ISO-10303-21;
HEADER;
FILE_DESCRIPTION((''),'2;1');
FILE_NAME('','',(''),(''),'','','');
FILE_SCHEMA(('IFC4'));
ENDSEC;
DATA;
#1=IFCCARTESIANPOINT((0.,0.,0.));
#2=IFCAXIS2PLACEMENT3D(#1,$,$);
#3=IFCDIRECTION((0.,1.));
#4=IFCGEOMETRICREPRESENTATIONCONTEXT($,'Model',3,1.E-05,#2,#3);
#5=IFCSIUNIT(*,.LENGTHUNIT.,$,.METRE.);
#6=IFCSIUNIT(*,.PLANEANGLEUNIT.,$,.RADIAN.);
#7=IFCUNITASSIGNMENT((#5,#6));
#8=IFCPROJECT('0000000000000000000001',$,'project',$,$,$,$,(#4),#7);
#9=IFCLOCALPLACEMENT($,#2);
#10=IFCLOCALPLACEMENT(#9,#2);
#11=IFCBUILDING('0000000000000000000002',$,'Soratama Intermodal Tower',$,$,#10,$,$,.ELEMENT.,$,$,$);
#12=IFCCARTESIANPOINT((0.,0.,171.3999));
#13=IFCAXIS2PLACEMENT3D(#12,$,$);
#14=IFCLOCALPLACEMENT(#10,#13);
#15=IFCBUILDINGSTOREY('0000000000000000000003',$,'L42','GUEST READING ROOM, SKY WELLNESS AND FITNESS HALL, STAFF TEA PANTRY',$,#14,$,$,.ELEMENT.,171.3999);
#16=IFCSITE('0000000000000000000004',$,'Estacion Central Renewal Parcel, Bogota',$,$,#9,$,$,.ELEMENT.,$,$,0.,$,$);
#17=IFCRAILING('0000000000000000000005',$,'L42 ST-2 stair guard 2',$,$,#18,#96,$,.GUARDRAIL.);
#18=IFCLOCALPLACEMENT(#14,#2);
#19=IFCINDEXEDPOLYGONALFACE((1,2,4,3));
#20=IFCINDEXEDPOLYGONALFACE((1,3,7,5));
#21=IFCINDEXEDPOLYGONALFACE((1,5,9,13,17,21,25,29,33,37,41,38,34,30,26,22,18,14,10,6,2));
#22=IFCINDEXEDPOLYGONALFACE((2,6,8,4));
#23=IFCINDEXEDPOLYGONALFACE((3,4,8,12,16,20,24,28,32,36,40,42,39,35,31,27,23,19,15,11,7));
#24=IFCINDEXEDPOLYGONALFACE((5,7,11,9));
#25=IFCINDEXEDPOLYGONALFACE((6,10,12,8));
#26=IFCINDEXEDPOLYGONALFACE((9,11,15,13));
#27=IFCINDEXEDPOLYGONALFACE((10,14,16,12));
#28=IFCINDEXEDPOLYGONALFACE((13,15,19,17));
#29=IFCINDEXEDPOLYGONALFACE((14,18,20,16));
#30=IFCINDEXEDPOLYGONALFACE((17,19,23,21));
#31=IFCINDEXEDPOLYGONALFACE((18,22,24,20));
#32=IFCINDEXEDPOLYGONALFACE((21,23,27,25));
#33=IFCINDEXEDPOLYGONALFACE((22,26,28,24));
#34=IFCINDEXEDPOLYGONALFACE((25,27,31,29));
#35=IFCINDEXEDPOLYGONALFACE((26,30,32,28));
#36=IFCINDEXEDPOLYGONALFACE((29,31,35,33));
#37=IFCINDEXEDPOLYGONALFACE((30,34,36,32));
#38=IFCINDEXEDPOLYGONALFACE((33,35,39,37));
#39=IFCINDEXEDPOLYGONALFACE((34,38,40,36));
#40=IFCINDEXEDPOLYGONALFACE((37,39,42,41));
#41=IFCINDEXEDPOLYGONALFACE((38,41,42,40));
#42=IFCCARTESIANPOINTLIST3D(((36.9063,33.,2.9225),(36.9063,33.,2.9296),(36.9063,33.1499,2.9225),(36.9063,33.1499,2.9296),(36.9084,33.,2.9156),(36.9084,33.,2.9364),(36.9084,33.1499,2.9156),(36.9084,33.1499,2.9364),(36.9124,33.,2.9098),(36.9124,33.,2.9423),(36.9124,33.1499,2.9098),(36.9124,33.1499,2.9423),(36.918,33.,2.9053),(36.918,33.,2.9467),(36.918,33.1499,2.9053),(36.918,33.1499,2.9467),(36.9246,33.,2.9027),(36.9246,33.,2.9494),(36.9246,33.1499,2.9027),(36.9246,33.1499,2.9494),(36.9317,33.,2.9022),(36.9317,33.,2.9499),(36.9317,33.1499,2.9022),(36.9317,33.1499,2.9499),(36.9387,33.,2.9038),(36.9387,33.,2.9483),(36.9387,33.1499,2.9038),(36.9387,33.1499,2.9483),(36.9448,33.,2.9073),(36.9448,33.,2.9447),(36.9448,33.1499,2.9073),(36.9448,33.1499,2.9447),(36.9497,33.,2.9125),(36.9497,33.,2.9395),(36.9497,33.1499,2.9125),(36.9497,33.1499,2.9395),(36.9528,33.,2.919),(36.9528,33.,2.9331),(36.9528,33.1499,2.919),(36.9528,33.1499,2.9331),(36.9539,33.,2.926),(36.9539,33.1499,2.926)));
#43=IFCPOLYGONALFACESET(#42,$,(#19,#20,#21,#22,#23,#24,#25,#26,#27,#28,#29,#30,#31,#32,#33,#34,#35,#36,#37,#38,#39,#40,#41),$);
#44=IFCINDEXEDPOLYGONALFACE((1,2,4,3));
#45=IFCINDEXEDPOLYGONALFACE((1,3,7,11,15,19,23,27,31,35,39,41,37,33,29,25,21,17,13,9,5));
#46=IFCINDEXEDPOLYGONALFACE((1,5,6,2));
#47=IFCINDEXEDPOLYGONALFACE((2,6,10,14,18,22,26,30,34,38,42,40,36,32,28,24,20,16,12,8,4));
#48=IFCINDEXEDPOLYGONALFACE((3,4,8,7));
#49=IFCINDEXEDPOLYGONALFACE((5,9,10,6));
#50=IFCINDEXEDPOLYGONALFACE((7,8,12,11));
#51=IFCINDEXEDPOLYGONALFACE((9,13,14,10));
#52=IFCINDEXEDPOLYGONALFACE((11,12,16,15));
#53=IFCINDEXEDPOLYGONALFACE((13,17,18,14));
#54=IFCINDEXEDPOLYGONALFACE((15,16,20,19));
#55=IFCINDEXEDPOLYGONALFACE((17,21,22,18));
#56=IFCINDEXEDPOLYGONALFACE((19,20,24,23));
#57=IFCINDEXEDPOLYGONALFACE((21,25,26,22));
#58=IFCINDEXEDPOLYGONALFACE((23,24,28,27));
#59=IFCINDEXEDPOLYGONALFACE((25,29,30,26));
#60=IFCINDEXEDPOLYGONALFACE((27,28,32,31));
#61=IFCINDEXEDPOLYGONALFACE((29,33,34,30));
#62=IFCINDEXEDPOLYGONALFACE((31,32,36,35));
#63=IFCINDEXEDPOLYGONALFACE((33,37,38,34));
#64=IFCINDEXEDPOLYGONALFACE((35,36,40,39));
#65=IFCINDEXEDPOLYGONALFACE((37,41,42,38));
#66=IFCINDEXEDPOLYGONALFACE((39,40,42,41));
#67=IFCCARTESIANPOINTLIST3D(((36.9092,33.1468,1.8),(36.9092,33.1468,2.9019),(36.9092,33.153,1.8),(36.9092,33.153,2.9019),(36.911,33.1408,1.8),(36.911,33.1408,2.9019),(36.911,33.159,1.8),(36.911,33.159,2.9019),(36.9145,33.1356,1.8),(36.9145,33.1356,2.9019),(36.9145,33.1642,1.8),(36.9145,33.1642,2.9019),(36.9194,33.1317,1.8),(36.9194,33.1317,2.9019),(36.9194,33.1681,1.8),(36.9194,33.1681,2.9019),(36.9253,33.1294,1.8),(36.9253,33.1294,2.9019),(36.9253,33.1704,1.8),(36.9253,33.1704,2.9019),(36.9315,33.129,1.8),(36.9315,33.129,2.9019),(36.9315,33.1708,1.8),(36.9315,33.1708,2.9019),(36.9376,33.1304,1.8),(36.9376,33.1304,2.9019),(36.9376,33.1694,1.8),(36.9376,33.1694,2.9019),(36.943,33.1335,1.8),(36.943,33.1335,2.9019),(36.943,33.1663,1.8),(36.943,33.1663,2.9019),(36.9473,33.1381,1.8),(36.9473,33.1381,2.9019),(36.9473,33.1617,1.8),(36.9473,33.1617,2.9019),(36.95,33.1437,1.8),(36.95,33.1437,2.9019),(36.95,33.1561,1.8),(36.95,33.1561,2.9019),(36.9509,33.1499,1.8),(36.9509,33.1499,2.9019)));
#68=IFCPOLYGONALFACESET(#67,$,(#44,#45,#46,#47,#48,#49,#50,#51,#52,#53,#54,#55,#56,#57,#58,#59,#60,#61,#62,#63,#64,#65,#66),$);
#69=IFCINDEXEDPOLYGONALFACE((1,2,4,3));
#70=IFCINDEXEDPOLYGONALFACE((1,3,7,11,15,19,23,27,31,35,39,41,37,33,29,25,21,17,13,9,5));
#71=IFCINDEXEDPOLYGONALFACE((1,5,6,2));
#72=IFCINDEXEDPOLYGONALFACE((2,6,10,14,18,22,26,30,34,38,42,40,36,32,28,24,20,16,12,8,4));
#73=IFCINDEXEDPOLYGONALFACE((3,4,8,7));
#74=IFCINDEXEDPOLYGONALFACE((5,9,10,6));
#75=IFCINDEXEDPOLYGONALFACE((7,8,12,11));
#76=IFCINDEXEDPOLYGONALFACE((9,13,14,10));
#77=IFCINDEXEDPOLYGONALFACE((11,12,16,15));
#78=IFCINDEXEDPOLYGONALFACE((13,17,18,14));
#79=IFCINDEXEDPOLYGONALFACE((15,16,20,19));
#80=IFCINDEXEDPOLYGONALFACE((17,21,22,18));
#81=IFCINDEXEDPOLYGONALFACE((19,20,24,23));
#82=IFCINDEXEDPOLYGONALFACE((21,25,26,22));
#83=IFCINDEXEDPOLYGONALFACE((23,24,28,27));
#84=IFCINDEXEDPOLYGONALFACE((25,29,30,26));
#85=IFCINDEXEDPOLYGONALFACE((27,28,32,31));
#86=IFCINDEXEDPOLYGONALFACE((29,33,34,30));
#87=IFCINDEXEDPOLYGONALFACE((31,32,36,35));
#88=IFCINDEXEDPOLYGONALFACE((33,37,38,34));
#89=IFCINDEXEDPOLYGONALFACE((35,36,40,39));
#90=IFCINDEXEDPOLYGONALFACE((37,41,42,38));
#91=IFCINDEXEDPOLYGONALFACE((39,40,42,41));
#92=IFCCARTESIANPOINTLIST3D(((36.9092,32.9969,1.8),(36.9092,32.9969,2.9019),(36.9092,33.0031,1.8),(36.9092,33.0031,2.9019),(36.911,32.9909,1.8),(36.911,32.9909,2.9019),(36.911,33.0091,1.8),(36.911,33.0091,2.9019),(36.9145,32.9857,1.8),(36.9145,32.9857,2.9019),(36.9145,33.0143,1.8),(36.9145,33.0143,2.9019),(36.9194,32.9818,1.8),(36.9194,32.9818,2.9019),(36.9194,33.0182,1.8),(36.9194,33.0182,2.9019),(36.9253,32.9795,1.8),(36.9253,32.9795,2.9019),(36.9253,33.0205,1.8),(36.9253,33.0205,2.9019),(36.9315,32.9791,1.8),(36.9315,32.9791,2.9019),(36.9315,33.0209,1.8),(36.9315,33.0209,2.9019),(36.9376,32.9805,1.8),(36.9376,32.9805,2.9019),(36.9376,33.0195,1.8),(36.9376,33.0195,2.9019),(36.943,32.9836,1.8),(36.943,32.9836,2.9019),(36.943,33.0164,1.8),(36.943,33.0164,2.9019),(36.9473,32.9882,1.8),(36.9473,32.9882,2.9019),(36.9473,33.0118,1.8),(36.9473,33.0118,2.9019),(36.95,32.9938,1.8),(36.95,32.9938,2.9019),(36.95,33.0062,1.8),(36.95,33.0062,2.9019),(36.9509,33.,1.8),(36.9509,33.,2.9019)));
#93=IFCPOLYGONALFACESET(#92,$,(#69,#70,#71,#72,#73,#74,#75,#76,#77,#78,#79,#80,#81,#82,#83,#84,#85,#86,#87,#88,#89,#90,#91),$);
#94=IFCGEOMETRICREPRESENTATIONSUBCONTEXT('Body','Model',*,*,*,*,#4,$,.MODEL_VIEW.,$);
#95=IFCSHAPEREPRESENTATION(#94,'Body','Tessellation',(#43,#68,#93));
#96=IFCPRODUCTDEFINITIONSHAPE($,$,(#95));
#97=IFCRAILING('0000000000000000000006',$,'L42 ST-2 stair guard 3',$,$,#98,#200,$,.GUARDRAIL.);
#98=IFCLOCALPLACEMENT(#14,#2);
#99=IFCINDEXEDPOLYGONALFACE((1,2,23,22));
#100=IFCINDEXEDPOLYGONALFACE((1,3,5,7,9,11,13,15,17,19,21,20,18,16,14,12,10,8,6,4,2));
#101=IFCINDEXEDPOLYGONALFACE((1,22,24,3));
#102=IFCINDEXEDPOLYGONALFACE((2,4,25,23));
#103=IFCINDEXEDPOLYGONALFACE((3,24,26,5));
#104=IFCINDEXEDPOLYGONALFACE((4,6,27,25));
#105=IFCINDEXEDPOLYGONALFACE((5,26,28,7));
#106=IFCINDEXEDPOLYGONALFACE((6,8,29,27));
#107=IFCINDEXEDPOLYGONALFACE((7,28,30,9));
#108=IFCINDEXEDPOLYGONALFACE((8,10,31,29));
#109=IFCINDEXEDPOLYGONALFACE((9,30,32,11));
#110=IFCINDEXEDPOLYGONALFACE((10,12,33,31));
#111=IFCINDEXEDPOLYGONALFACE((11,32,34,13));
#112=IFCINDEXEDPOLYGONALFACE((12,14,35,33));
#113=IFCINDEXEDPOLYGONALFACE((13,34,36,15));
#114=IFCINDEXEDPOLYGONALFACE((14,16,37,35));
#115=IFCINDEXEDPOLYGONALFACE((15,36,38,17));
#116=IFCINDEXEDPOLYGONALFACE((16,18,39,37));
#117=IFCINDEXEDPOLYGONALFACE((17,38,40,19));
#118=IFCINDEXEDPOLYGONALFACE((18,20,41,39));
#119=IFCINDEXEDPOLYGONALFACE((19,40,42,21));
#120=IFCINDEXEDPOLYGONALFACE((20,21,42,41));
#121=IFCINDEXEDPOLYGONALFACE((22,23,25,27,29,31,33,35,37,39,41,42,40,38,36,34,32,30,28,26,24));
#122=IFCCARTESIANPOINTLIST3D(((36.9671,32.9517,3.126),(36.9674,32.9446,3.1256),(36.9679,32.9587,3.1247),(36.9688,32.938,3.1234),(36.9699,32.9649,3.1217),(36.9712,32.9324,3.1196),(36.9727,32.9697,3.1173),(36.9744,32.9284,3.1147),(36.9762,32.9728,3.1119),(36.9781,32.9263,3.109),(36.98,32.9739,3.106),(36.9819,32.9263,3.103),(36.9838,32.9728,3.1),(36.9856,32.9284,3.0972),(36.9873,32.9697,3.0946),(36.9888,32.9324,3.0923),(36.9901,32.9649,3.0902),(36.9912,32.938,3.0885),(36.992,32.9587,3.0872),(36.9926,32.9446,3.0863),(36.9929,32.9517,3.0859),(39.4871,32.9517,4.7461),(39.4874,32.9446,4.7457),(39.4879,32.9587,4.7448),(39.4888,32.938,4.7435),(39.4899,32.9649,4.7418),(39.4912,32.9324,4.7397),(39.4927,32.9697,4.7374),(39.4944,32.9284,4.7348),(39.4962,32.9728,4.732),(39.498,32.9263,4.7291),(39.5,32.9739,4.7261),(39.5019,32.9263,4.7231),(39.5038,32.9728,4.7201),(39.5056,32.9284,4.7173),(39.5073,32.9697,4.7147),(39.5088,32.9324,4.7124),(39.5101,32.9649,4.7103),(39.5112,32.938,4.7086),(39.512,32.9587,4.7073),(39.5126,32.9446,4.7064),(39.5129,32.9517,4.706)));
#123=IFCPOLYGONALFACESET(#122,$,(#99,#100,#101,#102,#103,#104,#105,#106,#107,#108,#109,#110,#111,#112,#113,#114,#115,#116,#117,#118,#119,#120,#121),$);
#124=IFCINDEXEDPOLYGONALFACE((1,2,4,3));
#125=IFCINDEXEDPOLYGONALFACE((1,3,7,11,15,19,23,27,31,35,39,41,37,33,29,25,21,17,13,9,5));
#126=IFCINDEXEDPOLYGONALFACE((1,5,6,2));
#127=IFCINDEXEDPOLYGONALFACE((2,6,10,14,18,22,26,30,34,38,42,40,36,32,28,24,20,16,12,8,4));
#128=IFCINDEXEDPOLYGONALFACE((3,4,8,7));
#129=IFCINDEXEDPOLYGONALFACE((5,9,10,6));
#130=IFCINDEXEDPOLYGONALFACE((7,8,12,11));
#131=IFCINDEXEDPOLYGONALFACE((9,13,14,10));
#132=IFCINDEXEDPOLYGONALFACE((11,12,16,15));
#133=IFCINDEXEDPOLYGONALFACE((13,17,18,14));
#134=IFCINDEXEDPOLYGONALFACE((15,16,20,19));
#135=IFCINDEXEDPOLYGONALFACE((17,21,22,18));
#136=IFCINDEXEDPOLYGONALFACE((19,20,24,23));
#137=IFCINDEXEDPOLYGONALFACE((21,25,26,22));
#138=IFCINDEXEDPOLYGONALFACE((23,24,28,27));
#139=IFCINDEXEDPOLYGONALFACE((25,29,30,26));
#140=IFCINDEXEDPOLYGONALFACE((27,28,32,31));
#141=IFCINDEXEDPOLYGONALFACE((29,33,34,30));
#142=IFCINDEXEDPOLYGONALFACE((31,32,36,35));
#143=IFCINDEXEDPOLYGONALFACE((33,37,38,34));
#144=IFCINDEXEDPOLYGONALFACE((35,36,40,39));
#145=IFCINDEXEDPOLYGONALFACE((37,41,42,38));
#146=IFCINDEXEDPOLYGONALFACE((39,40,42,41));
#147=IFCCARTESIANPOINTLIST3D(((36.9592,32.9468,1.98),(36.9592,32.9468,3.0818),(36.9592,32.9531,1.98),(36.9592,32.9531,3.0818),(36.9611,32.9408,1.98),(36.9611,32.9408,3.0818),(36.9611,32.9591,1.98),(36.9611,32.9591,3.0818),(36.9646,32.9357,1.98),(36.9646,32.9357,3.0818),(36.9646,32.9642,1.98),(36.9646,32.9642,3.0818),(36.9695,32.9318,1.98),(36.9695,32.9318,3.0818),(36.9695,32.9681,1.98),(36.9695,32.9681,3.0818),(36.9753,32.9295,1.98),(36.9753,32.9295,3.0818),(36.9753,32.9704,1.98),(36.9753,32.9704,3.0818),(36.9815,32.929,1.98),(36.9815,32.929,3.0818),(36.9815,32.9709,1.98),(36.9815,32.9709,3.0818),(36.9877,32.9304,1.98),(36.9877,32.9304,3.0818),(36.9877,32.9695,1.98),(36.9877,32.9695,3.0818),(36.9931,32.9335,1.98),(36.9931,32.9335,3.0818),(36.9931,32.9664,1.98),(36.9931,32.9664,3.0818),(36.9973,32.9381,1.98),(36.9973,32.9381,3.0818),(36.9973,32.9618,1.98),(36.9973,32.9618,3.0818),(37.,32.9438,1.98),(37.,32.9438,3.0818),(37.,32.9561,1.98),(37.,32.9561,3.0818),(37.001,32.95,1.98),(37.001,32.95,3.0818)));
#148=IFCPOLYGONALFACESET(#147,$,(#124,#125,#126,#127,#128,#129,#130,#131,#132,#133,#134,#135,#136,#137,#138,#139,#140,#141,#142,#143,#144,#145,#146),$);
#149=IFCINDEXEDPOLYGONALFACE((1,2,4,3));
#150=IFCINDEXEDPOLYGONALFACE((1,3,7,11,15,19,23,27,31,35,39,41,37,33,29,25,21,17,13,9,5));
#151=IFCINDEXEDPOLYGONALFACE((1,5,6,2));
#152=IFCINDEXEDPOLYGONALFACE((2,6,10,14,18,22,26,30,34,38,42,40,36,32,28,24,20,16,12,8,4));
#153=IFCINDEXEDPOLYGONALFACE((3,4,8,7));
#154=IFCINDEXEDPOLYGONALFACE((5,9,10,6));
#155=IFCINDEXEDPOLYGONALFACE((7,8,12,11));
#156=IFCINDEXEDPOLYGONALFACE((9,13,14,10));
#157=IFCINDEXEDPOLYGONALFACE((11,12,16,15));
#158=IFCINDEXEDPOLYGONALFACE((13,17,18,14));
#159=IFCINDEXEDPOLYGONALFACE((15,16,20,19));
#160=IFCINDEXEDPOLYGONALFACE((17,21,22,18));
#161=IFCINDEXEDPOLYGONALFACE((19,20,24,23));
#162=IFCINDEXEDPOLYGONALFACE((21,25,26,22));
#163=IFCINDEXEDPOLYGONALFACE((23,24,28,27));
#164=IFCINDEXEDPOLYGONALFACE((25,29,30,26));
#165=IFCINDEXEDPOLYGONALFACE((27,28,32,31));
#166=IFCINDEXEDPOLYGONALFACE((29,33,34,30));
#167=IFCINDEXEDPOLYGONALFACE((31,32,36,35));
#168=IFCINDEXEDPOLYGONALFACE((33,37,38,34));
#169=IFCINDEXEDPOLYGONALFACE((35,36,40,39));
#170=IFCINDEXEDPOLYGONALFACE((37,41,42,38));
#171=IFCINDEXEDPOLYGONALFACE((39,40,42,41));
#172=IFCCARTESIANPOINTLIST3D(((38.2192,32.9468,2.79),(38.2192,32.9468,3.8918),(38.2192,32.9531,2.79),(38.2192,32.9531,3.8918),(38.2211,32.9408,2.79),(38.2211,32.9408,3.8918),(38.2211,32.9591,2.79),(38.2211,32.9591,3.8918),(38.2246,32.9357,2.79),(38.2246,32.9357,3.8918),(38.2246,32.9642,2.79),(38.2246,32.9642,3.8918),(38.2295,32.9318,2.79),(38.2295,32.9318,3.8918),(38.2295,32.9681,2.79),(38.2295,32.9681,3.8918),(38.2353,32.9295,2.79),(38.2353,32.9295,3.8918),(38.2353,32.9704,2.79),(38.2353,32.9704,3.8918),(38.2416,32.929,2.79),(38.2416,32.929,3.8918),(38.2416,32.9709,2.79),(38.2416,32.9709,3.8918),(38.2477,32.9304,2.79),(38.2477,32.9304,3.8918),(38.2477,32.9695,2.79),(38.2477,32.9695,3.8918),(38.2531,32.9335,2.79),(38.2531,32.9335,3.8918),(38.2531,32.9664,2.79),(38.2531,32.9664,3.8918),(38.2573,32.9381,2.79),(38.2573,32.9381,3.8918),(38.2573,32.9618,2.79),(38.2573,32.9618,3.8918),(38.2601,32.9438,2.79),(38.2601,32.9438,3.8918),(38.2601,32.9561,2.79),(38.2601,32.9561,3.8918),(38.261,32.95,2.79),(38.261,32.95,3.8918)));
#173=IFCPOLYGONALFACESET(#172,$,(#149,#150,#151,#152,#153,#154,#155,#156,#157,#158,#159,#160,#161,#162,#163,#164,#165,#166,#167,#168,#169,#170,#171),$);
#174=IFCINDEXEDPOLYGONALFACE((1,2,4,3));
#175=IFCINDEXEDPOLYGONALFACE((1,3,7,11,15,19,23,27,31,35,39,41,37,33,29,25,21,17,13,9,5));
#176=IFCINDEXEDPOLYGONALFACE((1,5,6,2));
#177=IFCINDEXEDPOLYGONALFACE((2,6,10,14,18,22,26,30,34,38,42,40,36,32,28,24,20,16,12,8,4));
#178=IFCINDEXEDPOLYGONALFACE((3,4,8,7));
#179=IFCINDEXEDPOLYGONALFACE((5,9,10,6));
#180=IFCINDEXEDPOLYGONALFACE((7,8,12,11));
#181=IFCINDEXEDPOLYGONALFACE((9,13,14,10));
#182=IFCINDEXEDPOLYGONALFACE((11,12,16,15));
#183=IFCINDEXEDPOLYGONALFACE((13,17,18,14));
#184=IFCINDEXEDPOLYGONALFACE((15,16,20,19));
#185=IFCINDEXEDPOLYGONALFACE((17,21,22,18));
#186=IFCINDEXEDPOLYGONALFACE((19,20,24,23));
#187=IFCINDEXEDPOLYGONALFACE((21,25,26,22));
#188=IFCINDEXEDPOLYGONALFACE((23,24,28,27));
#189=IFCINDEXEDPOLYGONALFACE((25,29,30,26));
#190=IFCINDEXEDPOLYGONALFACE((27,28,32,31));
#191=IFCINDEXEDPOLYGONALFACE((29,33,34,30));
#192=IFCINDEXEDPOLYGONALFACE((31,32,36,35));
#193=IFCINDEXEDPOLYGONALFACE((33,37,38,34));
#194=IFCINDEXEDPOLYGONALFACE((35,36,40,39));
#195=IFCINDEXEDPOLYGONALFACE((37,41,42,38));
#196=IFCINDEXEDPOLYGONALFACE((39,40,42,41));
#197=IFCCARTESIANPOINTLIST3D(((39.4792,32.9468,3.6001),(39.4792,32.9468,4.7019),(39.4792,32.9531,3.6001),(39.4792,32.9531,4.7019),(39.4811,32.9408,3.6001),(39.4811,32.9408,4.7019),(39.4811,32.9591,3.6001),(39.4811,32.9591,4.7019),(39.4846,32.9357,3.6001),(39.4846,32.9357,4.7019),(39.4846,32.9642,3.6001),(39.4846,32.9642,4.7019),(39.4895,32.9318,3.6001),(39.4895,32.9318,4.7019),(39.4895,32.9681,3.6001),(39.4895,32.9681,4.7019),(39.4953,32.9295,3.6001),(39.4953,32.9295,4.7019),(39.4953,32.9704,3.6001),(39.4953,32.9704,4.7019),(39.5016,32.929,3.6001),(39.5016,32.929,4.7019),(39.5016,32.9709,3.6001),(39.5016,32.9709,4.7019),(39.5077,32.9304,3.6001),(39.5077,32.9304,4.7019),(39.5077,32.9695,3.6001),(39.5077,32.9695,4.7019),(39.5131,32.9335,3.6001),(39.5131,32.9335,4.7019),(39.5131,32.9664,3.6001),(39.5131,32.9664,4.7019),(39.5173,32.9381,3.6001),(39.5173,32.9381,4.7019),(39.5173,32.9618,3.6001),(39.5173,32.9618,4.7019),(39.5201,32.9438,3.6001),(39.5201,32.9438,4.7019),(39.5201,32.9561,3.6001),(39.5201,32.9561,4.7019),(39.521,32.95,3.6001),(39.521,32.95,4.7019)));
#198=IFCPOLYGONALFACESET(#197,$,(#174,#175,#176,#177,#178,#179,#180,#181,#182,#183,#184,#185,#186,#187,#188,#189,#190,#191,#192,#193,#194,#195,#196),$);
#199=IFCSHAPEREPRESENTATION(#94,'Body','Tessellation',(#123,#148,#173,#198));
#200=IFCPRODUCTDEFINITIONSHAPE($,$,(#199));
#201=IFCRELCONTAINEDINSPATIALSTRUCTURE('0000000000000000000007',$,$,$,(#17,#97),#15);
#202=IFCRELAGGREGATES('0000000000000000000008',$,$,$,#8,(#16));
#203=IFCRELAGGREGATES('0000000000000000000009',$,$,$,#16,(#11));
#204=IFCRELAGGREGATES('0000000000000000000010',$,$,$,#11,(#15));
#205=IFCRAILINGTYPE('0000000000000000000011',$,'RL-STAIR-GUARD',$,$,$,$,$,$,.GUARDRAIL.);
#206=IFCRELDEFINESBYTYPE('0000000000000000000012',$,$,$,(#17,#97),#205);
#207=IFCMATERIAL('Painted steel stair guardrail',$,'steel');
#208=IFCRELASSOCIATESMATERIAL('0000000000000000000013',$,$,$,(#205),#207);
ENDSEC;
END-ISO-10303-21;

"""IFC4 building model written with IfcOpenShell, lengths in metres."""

from ifc_helpers import new_model, si_unit, direction, frame, origin, origin_2d, place, context, subcontext, project, spatial, circle, extrude, material, type_object, element, save


model = new_model("IFC4")

# Units and contexts
model_context = context("Model", 3, precision=1e-05, world=origin(), true_north=direction((0.0, 1.0)))
body_context = subcontext(model_context, "Body", "Model", "MODEL_VIEW")
ifc_project = project(units=[si_unit("LENGTHUNIT", "METRE"), si_unit("PLANEANGLEUNIT", "RADIAN")], contexts=[model_context])

# Site, building, storey
site_placement = place(None, origin())
site = spatial("IfcSite", under=ifc_project, at=site_placement, Name="Estacion Central Renewal Parcel, Bogota", CompositionType="ELEMENT", RefElevation=0.0)
building_placement = place(site_placement, origin())
building = spatial("IfcBuilding", under=site, at=building_placement, Name="Soratama Intermodal Tower", CompositionType="ELEMENT")
storey_placement = place(building_placement, frame((0.0, 0.0, 171.3999)))
storey = spatial("IfcBuildingStorey", under=building, at=storey_placement, Name="L42", Description="GUEST READING ROOM, SKY WELLNESS AND FITNESS HALL, STAFF TEA PANTRY", CompositionType="ELEMENT", Elevation=171.3999)

# Railings
ifc_material_1 = material(Name="Painted steel stair guardrail", Category="steel")
railing_type_1 = type_object("IfcRailingType", Name="RL-STAIR-GUARD", PredefinedType="GUARDRAIL", material=ifc_material_1)
railing_1_placement = place(storey_placement, frame((36.9299, 33.1499, 1.8)))
element("IfcRailing", 1, at=railing_1_placement, inside=storey, type_object=railing_type_1, Name="L42 ST-2 stair guard 2", PredefinedType="GUARDRAIL", context=body_context, shape_type="SweptSolid", body=[
    extrude(circle(Radius=0.0239, at=origin_2d()), frame((0.0, 0.0, 1.126), z_axis=(0.0, -1.0, 0.0), x_axis=(1.0, 0.0, 0.0)), (0.0, 0.0, 1.0), 0.1499),
    extrude(circle(Radius=0.021, at=origin_2d()), origin(), (0.0, 0.0, 1.0), 1.1018),
    extrude(circle(Radius=0.021, at=origin_2d()), frame((0.0, -0.1499, 0.0)), (0.0, 0.0, 1.0), 1.1018),
])
railing_2_placement = place(storey_placement, frame((36.98, 32.95, 1.98)))
element("IfcRailing", 2, at=railing_2_placement, inside=storey, type_object=railing_type_1, Name="L42 ST-2 stair guard 3", PredefinedType="GUARDRAIL", context=body_context, shape_type="SweptSolid", body=[
    extrude(circle(Radius=0.0239, at=origin_2d()), frame((0.0, 0.0, 1.126), z_axis=(0.841163, 0.0, 0.540782), x_axis=(0.0, 1.0, 0.0)), (0.0, 0.0, 1.0), 2.9958),
    extrude(circle(Radius=0.021, at=origin_2d()), origin(), (0.0, 0.0, 1.0), 1.1018),
    extrude(circle(Radius=0.021, at=origin_2d()), frame((1.26, 0.0, 0.8101)), (0.0, 0.0, 1.0), 1.1018),
    extrude(circle(Radius=0.021, at=origin_2d()), frame((2.52, 0.0, 1.6201)), (0.0, 0.0, 1.0), 1.1018),
])

save(model, "model.ifc")
